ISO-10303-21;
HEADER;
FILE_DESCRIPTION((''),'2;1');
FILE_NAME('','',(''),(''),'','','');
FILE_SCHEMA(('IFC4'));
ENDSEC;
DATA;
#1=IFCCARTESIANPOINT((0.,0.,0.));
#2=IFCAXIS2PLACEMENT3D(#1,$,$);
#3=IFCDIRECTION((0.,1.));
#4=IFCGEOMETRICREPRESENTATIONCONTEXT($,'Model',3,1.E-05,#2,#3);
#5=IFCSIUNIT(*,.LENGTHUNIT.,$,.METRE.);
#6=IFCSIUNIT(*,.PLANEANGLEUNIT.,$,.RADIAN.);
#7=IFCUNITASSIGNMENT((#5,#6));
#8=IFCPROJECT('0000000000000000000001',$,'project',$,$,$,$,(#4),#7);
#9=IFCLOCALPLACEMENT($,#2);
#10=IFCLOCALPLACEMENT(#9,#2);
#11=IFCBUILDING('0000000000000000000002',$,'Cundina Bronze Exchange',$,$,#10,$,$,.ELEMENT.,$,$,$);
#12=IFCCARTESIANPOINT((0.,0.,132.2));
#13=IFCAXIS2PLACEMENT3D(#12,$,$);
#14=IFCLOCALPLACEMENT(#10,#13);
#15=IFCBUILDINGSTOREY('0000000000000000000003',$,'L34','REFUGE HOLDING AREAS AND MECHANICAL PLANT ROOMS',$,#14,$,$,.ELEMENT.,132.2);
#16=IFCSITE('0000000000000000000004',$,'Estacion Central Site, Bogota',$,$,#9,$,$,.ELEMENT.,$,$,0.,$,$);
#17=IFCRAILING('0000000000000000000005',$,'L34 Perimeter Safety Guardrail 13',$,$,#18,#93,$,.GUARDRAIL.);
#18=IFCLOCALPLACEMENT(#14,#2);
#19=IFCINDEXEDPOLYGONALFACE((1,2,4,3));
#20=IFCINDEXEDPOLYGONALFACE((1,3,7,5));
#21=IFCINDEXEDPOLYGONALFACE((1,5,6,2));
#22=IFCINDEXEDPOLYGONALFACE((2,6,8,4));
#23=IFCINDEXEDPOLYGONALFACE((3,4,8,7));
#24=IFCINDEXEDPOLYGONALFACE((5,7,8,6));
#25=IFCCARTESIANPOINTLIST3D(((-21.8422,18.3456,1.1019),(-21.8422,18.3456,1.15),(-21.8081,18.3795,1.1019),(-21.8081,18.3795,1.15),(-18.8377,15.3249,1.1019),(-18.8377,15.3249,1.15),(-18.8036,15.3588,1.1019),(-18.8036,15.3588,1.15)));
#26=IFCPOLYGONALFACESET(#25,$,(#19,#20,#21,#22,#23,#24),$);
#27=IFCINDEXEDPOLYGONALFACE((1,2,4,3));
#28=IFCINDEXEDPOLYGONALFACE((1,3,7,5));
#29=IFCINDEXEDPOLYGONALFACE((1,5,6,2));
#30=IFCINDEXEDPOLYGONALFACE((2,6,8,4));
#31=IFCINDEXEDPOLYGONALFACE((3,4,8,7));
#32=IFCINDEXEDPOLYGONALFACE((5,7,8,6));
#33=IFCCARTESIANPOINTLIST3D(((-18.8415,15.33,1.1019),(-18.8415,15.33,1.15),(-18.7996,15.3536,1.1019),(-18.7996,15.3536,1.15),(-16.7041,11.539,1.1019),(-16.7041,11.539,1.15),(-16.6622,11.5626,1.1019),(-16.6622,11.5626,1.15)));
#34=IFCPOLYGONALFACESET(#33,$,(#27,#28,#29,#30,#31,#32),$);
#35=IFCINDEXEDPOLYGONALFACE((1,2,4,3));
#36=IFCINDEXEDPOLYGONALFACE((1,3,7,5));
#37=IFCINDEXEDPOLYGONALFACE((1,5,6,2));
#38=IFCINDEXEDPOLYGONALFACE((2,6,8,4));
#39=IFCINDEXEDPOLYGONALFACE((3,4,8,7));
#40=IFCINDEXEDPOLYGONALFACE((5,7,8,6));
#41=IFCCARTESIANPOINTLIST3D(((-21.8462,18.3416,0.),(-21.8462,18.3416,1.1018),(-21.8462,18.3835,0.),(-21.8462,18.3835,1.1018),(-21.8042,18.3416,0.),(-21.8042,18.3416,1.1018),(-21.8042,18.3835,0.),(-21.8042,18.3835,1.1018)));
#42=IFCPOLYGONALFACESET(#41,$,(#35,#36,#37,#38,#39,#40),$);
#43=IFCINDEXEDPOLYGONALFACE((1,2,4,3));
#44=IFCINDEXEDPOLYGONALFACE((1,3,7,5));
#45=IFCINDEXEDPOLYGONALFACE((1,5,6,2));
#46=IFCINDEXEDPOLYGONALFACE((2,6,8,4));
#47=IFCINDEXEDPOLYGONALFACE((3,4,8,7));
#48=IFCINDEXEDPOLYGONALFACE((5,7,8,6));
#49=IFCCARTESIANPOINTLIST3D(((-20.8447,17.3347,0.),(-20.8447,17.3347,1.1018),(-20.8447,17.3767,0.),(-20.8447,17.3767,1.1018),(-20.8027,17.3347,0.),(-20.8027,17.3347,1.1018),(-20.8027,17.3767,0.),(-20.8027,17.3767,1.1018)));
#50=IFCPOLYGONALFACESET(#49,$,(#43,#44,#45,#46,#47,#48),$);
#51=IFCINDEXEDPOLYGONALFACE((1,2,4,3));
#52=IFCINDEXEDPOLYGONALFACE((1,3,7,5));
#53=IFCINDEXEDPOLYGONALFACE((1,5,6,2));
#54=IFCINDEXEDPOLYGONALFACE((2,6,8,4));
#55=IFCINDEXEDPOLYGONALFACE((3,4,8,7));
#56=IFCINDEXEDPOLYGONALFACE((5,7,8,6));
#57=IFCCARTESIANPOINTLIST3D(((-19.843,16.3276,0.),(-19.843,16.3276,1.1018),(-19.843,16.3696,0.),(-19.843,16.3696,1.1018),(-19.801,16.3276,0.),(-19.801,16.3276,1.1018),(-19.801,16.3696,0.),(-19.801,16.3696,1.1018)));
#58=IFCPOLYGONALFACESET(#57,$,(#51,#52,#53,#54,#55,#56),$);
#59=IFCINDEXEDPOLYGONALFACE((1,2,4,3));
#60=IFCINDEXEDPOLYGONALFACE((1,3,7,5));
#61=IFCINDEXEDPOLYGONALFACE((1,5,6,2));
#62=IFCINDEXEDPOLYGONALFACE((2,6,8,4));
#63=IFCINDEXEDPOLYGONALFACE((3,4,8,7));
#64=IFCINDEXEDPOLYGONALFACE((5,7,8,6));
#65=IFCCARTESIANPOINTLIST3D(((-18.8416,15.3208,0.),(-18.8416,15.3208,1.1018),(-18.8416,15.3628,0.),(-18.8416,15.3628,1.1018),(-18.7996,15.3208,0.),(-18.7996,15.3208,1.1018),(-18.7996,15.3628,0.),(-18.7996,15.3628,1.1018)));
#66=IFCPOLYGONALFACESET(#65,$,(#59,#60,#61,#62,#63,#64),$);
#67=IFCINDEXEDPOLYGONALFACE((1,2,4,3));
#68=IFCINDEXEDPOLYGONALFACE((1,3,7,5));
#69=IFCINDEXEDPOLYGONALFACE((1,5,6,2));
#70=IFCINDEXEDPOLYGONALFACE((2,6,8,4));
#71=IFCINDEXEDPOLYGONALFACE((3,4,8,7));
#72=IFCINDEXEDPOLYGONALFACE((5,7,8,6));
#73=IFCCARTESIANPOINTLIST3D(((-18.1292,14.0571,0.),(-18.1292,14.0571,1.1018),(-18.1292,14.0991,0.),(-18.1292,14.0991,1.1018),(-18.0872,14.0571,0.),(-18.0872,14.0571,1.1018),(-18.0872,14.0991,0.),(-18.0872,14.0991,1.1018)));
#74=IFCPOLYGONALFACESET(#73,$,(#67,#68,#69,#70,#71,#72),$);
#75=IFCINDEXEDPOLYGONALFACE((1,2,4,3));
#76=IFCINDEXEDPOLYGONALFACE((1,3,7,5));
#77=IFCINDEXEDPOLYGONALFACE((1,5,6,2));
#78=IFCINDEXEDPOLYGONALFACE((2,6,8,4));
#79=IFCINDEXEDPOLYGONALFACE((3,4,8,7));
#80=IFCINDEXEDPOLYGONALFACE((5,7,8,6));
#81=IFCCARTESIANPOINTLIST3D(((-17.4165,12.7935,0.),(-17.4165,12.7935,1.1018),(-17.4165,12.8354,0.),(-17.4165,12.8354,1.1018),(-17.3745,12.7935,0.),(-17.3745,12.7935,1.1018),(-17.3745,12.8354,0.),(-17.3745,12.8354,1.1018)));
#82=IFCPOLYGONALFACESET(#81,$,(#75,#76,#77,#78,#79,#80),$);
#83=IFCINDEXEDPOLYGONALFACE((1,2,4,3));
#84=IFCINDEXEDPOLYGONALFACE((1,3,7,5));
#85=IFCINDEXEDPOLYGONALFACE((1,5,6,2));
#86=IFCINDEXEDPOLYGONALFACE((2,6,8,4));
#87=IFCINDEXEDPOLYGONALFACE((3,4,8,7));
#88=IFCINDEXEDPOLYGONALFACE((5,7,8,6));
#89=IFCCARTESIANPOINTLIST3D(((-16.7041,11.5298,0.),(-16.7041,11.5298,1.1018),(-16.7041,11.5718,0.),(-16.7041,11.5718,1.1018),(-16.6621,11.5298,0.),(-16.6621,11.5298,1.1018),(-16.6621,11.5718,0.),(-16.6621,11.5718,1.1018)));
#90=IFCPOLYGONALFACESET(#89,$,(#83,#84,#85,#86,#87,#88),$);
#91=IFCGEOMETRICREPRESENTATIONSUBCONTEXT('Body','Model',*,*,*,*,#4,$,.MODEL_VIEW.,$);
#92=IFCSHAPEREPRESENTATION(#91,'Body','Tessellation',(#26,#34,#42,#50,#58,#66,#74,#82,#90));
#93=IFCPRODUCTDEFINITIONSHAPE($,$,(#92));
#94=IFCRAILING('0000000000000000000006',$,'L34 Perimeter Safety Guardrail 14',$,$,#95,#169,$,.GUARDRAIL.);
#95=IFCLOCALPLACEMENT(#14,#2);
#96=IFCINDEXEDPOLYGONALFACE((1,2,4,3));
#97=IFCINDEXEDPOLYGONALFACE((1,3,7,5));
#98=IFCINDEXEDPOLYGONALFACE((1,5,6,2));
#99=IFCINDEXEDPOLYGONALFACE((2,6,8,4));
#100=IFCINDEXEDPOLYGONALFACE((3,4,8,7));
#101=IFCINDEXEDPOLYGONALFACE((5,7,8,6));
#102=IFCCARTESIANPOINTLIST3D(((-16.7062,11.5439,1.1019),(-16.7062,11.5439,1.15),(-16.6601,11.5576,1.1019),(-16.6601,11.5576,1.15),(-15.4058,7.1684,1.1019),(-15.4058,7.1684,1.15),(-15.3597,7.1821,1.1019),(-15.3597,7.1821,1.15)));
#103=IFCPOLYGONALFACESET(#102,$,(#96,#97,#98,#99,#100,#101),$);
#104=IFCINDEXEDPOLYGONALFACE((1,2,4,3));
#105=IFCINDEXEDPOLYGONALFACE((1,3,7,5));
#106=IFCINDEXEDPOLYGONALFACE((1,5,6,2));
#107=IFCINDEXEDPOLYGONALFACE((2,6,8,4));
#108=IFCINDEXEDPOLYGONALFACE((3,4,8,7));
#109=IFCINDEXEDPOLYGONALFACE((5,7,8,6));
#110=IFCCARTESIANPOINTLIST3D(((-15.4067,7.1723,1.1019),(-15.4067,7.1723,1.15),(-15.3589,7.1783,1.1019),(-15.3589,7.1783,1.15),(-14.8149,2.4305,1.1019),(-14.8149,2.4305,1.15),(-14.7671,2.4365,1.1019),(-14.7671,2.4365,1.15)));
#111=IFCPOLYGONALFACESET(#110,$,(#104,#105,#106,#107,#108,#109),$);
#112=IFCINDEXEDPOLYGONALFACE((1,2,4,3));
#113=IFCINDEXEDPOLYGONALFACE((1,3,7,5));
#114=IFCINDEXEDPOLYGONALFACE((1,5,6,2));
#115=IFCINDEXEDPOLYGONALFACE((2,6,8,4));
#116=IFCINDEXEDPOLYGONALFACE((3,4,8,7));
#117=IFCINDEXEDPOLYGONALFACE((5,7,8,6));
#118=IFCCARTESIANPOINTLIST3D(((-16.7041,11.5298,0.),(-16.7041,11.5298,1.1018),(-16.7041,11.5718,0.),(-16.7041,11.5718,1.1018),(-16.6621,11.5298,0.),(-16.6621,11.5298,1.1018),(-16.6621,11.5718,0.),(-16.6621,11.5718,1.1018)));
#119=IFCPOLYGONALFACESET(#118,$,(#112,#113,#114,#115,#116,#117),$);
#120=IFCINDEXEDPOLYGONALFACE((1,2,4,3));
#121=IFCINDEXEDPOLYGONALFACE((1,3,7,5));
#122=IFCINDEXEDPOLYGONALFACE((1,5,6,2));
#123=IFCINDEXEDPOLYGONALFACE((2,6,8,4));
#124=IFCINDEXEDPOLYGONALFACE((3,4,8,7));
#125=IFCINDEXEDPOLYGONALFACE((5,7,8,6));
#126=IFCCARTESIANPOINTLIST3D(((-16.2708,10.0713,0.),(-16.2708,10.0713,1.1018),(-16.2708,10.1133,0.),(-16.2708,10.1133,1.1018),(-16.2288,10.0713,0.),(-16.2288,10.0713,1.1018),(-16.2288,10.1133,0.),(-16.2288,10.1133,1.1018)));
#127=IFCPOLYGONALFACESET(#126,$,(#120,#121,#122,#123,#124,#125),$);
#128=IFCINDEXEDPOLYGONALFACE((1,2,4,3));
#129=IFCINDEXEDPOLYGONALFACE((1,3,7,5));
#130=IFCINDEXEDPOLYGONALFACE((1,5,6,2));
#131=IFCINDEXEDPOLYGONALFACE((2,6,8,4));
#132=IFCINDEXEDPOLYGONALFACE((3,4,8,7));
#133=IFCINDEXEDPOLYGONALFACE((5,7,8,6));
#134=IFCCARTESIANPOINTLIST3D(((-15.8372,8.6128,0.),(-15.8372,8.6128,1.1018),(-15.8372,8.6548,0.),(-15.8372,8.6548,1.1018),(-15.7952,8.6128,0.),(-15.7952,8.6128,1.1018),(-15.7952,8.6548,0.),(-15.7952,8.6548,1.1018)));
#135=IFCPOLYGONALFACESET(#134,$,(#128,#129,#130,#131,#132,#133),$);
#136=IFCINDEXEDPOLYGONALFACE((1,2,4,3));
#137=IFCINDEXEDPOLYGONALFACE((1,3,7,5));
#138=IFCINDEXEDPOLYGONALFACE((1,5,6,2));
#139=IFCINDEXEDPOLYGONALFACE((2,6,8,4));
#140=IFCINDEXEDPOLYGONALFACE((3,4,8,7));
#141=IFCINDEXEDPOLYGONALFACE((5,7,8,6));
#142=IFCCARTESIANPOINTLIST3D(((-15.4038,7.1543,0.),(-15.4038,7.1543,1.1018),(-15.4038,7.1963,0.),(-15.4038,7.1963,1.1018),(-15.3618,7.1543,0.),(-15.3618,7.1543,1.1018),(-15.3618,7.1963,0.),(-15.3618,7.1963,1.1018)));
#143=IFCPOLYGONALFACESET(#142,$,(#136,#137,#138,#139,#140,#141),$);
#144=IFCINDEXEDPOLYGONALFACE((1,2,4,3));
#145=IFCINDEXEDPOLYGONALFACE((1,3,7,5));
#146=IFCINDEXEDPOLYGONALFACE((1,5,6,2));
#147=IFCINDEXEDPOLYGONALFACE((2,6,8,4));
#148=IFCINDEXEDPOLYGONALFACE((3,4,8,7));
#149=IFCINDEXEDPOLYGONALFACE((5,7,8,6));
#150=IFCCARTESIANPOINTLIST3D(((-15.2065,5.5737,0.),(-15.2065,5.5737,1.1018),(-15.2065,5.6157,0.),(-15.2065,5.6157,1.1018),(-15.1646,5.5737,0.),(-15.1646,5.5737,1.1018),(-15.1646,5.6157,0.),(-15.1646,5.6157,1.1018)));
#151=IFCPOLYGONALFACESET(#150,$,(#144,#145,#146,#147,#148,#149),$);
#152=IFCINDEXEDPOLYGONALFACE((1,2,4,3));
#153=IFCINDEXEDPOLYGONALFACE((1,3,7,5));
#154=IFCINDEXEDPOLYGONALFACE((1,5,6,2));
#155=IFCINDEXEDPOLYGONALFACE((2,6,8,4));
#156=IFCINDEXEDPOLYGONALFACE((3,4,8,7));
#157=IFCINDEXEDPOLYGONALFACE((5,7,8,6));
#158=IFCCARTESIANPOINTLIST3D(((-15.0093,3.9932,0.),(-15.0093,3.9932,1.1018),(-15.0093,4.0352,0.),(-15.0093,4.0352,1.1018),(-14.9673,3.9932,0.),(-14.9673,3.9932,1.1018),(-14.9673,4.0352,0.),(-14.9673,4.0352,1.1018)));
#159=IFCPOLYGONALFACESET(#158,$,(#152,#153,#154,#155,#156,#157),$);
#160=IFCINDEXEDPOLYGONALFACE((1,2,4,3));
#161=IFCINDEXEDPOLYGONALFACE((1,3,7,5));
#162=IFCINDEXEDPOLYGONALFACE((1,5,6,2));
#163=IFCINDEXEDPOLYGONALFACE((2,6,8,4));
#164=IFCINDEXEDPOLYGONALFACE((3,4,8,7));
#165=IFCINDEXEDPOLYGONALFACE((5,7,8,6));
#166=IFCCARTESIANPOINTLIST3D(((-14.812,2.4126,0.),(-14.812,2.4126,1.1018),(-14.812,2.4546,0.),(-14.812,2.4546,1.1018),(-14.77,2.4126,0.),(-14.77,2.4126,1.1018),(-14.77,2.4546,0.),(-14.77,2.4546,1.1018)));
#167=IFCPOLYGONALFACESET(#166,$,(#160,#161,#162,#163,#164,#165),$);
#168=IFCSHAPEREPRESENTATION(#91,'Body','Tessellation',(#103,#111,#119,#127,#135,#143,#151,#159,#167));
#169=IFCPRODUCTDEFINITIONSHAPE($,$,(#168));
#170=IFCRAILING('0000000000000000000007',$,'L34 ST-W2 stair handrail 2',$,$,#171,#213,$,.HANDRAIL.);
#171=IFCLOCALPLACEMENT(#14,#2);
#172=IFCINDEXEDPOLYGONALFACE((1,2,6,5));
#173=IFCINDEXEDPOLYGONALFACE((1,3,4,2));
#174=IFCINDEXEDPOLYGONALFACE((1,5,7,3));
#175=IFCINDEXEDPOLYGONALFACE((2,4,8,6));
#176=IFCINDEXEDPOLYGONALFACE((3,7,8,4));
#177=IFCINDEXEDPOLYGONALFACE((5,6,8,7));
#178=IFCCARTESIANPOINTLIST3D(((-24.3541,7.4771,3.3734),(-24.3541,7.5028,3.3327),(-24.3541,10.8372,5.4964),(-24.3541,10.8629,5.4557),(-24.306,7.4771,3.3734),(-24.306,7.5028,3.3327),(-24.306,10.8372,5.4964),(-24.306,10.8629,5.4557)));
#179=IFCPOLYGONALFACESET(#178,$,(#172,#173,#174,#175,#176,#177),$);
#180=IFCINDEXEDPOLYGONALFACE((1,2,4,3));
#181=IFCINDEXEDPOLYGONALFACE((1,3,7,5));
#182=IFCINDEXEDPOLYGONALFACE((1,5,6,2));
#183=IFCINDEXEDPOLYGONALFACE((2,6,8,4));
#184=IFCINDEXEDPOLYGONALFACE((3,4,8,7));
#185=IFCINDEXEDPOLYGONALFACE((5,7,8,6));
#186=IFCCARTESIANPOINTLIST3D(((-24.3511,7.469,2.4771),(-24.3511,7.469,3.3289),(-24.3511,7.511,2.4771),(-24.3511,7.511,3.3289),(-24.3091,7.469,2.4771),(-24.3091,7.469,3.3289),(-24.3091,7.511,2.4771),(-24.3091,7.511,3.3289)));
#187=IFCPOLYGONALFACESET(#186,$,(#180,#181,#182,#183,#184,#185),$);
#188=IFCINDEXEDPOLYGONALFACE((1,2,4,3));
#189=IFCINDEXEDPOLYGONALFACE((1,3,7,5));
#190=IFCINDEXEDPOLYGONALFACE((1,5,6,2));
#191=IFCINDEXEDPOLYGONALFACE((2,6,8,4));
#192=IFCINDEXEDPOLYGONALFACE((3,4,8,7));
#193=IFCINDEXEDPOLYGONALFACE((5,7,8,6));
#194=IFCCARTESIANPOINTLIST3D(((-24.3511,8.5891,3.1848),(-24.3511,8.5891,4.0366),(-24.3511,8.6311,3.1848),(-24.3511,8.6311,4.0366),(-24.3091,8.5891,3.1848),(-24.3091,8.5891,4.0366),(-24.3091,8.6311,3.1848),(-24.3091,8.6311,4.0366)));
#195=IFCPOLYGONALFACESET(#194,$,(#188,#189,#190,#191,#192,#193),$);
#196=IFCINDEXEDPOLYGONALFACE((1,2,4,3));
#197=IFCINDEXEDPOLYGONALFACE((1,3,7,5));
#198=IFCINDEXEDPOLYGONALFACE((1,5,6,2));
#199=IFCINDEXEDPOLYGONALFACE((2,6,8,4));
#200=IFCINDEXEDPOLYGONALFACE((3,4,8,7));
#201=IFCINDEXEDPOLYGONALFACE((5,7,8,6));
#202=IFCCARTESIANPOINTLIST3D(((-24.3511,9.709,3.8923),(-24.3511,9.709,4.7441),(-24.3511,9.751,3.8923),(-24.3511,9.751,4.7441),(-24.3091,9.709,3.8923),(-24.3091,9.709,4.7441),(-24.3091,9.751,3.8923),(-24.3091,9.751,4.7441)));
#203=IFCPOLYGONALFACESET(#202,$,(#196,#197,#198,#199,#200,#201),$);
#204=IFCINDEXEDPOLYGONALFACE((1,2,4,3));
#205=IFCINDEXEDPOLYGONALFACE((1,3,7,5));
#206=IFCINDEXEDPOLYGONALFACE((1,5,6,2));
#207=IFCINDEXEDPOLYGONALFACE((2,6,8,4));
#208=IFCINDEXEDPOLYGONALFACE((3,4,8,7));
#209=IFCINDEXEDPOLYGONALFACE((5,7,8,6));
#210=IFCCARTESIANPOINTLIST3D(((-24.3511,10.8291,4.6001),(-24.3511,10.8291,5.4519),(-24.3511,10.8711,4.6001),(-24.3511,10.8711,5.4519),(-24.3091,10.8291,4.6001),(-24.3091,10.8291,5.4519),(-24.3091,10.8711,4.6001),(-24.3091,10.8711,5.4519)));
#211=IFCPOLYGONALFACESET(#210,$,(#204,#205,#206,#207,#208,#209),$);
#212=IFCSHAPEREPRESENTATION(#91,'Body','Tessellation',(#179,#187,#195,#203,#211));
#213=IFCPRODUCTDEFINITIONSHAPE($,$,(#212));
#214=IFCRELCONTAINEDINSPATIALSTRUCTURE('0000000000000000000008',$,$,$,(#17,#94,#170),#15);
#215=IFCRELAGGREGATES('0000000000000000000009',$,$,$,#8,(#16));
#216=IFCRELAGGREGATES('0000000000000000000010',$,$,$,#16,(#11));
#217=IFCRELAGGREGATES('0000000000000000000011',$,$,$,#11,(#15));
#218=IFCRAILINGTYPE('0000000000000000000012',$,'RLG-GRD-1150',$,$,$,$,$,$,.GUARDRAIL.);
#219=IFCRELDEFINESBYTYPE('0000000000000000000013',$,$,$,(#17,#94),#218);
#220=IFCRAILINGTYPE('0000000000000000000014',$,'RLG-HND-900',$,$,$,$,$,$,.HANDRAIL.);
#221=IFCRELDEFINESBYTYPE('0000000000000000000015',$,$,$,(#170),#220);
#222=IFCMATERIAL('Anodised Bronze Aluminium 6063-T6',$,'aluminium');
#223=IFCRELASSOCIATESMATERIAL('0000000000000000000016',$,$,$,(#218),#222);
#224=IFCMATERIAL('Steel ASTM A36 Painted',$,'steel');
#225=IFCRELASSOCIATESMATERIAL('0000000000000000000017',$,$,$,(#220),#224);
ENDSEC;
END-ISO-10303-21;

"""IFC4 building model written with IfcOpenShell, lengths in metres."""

from ifc_helpers import new_model, si_unit, direction, frame, origin, origin_2d, place, context, subcontext, project, spatial, rectangle, extrude, material, type_object, element, save


model = new_model("IFC4")

# Units and contexts
model_context = context("Model", 3, precision=1e-05, world=origin(), true_north=direction((0.0, 1.0)))
body_context = subcontext(model_context, "Body", "Model", "MODEL_VIEW")
ifc_project = project(units=[si_unit("LENGTHUNIT", "METRE"), si_unit("PLANEANGLEUNIT", "RADIAN")], contexts=[model_context])

# Site, building, storey
site_placement = place(None, origin())
site = spatial("IfcSite", under=ifc_project, at=site_placement, Name="Estacion Central Site, Bogota", CompositionType="ELEMENT", RefElevation=0.0)
building_placement = place(site_placement, origin())
building = spatial("IfcBuilding", under=site, at=building_placement, Name="Cundina Bronze Exchange", CompositionType="ELEMENT")
storey_placement = place(building_placement, frame((0.0, 0.0, 132.2)))
storey = spatial("IfcBuildingStorey", under=building, at=storey_placement, Name="L34", Description="REFUGE HOLDING AREAS AND MECHANICAL PLANT ROOMS", CompositionType="ELEMENT", Elevation=132.2)

# Shared definitions
ifc_material_1 = material(Name="Steel ASTM A36 Painted", Category="steel")

# Railings
ifc_material_2 = material(Name="Anodised Bronze Aluminium 6063-T6", Category="aluminium")
railing_type_1 = type_object("IfcRailingType", Name="RLG-GRD-1150", PredefinedType="GUARDRAIL", material=ifc_material_2)
railing_1_placement = place(storey_placement, frame((-21.8252, 18.3625, 0.0)))
element("IfcRailing", 1, at=railing_1_placement, inside=storey, type_object=railing_type_1, Name="L34 Perimeter Safety Guardrail 13", PredefinedType="GUARDRAIL", context=body_context, shape_type="SweptSolid", body=[
    extrude(rectangle(XDim=0.0481, YDim=0.0481, at=origin_2d()), frame((0.0, 0.0, 1.126), z_axis=(0.705213, -0.708995, 0.0), x_axis=(0.708995, 0.705213, 0.0)), (0.0, 0.0, 1.0), 4.2605),
    extrude(rectangle(XDim=0.0481, YDim=0.0481, at=origin_2d()), frame((3.0046, -3.0208, 1.126), z_axis=(0.491135, -0.871084, 0.0), x_axis=(0.871084, 0.491135, 0.0)), (0.0, 0.0, 1.0), 4.3521),
    extrude(rectangle(XDim=0.042, YDim=0.042, at=origin_2d()), origin(), (0.0, 0.0, 1.0), 1.1018),
    extrude(rectangle(XDim=0.042, YDim=0.042, at=origin_2d()), frame((1.0015, -1.0068, 0.0)), (0.0, 0.0, 1.0), 1.1018),
    extrude(rectangle(XDim=0.042, YDim=0.042, at=origin_2d()), frame((2.0032, -2.0139, 0.0)), (0.0, 0.0, 1.0), 1.1018),
    extrude(rectangle(XDim=0.042, YDim=0.042, at=origin_2d()), frame((3.0046, -3.0208, 0.0)), (0.0, 0.0, 1.0), 1.1018),
    extrude(rectangle(XDim=0.042, YDim=0.042, at=origin_2d()), frame((3.717, -4.2844, 0.0)), (0.0, 0.0, 1.0), 1.1018),
    extrude(rectangle(XDim=0.042, YDim=0.042, at=origin_2d()), frame((4.4297, -5.5481, 0.0)), (0.0, 0.0, 1.0), 1.1018),
    extrude(rectangle(XDim=0.042, YDim=0.042, at=origin_2d()), frame((5.1421, -6.8118, 0.0)), (0.0, 0.0, 1.0), 1.1018),
])
railing_2_placement = place(storey_placement, frame((-16.6831, 11.5508, 0.0)))
element("IfcRailing", 2, at=railing_2_placement, inside=storey, type_object=railing_type_1, Name="L34 Perimeter Safety Guardrail 14", PredefinedType="GUARDRAIL", context=body_context, shape_type="SweptSolid", body=[
    extrude(rectangle(XDim=0.0481, YDim=0.0481, at=origin_2d()), frame((0.0, 0.0, 1.126), z_axis=(0.284864, -0.958568, 0.0), x_axis=(0.958568, 0.284864, 0.0)), (0.0, 0.0, 1.0), 4.5647),
    extrude(rectangle(XDim=0.0481, YDim=0.0481, at=origin_2d()), frame((1.3003, -4.3755, 1.126), z_axis=(0.123846, -0.992301, 0.0), x_axis=(0.992301, 0.123846, 0.0)), (0.0, 0.0, 1.0), 4.7786),
    extrude(rectangle(XDim=0.042, YDim=0.042, at=origin_2d()), origin(), (0.0, 0.0, 1.0), 1.1018),
    extrude(rectangle(XDim=0.042, YDim=0.042, at=origin_2d()), frame((0.4333, -1.4585, 0.0)), (0.0, 0.0, 1.0), 1.1018),
    extrude(rectangle(XDim=0.042, YDim=0.042, at=origin_2d()), frame((0.8669, -2.917, 0.0)), (0.0, 0.0, 1.0), 1.1018),
    extrude(rectangle(XDim=0.042, YDim=0.042, at=origin_2d()), frame((1.3003, -4.3755, 0.0)), (0.0, 0.0, 1.0), 1.1018),
    extrude(rectangle(XDim=0.042, YDim=0.042, at=origin_2d()), frame((1.4976, -5.9561, 0.0)), (0.0, 0.0, 1.0), 1.1018),
    extrude(rectangle(XDim=0.042, YDim=0.042, at=origin_2d()), frame((1.6948, -7.5366, 0.0)), (0.0, 0.0, 1.0), 1.1018),
    extrude(rectangle(XDim=0.042, YDim=0.042, at=origin_2d()), frame((1.8921, -9.1172, 0.0)), (0.0, 0.0, 1.0), 1.1018),
])
railing_type_2 = type_object("IfcRailingType", Name="RLG-HND-900", PredefinedType="HANDRAIL", material=ifc_material_1)
railing_3_placement = place(storey_placement, frame((-24.3301, 7.49, 2.4771)))
element("IfcRailing", 3, at=railing_3_placement, inside=storey, type_object=railing_type_2, Name="L34 ST-W2 stair handrail 2", PredefinedType="HANDRAIL", context=body_context, shape_type="SweptSolid", body=[
    extrude(rectangle(XDim=0.0481, YDim=0.0481, at=origin_2d()), frame((0.0, 0.0, 0.876), z_axis=(0.0, 0.84539, 0.53415), x_axis=(-1.0, 0.0, 0.0)), (0.0, 0.0, 1.0), 3.9746),
    extrude(rectangle(XDim=0.042, YDim=0.042, at=origin_2d()), origin(), (0.0, 0.0, 1.0), 0.8518),
    extrude(rectangle(XDim=0.042, YDim=0.042, at=origin_2d()), frame((0.0, 1.1201, 0.7078)), (0.0, 0.0, 1.0), 0.8518),
    extrude(rectangle(XDim=0.042, YDim=0.042, at=origin_2d()), frame((0.0, 2.24, 1.4153)), (0.0, 0.0, 1.0), 0.8518),
    extrude(rectangle(XDim=0.042, YDim=0.042, at=origin_2d()), frame((0.0, 3.3601, 2.123)), (0.0, 0.0, 1.0), 0.8518),
])

save(model, "model.ifc")
